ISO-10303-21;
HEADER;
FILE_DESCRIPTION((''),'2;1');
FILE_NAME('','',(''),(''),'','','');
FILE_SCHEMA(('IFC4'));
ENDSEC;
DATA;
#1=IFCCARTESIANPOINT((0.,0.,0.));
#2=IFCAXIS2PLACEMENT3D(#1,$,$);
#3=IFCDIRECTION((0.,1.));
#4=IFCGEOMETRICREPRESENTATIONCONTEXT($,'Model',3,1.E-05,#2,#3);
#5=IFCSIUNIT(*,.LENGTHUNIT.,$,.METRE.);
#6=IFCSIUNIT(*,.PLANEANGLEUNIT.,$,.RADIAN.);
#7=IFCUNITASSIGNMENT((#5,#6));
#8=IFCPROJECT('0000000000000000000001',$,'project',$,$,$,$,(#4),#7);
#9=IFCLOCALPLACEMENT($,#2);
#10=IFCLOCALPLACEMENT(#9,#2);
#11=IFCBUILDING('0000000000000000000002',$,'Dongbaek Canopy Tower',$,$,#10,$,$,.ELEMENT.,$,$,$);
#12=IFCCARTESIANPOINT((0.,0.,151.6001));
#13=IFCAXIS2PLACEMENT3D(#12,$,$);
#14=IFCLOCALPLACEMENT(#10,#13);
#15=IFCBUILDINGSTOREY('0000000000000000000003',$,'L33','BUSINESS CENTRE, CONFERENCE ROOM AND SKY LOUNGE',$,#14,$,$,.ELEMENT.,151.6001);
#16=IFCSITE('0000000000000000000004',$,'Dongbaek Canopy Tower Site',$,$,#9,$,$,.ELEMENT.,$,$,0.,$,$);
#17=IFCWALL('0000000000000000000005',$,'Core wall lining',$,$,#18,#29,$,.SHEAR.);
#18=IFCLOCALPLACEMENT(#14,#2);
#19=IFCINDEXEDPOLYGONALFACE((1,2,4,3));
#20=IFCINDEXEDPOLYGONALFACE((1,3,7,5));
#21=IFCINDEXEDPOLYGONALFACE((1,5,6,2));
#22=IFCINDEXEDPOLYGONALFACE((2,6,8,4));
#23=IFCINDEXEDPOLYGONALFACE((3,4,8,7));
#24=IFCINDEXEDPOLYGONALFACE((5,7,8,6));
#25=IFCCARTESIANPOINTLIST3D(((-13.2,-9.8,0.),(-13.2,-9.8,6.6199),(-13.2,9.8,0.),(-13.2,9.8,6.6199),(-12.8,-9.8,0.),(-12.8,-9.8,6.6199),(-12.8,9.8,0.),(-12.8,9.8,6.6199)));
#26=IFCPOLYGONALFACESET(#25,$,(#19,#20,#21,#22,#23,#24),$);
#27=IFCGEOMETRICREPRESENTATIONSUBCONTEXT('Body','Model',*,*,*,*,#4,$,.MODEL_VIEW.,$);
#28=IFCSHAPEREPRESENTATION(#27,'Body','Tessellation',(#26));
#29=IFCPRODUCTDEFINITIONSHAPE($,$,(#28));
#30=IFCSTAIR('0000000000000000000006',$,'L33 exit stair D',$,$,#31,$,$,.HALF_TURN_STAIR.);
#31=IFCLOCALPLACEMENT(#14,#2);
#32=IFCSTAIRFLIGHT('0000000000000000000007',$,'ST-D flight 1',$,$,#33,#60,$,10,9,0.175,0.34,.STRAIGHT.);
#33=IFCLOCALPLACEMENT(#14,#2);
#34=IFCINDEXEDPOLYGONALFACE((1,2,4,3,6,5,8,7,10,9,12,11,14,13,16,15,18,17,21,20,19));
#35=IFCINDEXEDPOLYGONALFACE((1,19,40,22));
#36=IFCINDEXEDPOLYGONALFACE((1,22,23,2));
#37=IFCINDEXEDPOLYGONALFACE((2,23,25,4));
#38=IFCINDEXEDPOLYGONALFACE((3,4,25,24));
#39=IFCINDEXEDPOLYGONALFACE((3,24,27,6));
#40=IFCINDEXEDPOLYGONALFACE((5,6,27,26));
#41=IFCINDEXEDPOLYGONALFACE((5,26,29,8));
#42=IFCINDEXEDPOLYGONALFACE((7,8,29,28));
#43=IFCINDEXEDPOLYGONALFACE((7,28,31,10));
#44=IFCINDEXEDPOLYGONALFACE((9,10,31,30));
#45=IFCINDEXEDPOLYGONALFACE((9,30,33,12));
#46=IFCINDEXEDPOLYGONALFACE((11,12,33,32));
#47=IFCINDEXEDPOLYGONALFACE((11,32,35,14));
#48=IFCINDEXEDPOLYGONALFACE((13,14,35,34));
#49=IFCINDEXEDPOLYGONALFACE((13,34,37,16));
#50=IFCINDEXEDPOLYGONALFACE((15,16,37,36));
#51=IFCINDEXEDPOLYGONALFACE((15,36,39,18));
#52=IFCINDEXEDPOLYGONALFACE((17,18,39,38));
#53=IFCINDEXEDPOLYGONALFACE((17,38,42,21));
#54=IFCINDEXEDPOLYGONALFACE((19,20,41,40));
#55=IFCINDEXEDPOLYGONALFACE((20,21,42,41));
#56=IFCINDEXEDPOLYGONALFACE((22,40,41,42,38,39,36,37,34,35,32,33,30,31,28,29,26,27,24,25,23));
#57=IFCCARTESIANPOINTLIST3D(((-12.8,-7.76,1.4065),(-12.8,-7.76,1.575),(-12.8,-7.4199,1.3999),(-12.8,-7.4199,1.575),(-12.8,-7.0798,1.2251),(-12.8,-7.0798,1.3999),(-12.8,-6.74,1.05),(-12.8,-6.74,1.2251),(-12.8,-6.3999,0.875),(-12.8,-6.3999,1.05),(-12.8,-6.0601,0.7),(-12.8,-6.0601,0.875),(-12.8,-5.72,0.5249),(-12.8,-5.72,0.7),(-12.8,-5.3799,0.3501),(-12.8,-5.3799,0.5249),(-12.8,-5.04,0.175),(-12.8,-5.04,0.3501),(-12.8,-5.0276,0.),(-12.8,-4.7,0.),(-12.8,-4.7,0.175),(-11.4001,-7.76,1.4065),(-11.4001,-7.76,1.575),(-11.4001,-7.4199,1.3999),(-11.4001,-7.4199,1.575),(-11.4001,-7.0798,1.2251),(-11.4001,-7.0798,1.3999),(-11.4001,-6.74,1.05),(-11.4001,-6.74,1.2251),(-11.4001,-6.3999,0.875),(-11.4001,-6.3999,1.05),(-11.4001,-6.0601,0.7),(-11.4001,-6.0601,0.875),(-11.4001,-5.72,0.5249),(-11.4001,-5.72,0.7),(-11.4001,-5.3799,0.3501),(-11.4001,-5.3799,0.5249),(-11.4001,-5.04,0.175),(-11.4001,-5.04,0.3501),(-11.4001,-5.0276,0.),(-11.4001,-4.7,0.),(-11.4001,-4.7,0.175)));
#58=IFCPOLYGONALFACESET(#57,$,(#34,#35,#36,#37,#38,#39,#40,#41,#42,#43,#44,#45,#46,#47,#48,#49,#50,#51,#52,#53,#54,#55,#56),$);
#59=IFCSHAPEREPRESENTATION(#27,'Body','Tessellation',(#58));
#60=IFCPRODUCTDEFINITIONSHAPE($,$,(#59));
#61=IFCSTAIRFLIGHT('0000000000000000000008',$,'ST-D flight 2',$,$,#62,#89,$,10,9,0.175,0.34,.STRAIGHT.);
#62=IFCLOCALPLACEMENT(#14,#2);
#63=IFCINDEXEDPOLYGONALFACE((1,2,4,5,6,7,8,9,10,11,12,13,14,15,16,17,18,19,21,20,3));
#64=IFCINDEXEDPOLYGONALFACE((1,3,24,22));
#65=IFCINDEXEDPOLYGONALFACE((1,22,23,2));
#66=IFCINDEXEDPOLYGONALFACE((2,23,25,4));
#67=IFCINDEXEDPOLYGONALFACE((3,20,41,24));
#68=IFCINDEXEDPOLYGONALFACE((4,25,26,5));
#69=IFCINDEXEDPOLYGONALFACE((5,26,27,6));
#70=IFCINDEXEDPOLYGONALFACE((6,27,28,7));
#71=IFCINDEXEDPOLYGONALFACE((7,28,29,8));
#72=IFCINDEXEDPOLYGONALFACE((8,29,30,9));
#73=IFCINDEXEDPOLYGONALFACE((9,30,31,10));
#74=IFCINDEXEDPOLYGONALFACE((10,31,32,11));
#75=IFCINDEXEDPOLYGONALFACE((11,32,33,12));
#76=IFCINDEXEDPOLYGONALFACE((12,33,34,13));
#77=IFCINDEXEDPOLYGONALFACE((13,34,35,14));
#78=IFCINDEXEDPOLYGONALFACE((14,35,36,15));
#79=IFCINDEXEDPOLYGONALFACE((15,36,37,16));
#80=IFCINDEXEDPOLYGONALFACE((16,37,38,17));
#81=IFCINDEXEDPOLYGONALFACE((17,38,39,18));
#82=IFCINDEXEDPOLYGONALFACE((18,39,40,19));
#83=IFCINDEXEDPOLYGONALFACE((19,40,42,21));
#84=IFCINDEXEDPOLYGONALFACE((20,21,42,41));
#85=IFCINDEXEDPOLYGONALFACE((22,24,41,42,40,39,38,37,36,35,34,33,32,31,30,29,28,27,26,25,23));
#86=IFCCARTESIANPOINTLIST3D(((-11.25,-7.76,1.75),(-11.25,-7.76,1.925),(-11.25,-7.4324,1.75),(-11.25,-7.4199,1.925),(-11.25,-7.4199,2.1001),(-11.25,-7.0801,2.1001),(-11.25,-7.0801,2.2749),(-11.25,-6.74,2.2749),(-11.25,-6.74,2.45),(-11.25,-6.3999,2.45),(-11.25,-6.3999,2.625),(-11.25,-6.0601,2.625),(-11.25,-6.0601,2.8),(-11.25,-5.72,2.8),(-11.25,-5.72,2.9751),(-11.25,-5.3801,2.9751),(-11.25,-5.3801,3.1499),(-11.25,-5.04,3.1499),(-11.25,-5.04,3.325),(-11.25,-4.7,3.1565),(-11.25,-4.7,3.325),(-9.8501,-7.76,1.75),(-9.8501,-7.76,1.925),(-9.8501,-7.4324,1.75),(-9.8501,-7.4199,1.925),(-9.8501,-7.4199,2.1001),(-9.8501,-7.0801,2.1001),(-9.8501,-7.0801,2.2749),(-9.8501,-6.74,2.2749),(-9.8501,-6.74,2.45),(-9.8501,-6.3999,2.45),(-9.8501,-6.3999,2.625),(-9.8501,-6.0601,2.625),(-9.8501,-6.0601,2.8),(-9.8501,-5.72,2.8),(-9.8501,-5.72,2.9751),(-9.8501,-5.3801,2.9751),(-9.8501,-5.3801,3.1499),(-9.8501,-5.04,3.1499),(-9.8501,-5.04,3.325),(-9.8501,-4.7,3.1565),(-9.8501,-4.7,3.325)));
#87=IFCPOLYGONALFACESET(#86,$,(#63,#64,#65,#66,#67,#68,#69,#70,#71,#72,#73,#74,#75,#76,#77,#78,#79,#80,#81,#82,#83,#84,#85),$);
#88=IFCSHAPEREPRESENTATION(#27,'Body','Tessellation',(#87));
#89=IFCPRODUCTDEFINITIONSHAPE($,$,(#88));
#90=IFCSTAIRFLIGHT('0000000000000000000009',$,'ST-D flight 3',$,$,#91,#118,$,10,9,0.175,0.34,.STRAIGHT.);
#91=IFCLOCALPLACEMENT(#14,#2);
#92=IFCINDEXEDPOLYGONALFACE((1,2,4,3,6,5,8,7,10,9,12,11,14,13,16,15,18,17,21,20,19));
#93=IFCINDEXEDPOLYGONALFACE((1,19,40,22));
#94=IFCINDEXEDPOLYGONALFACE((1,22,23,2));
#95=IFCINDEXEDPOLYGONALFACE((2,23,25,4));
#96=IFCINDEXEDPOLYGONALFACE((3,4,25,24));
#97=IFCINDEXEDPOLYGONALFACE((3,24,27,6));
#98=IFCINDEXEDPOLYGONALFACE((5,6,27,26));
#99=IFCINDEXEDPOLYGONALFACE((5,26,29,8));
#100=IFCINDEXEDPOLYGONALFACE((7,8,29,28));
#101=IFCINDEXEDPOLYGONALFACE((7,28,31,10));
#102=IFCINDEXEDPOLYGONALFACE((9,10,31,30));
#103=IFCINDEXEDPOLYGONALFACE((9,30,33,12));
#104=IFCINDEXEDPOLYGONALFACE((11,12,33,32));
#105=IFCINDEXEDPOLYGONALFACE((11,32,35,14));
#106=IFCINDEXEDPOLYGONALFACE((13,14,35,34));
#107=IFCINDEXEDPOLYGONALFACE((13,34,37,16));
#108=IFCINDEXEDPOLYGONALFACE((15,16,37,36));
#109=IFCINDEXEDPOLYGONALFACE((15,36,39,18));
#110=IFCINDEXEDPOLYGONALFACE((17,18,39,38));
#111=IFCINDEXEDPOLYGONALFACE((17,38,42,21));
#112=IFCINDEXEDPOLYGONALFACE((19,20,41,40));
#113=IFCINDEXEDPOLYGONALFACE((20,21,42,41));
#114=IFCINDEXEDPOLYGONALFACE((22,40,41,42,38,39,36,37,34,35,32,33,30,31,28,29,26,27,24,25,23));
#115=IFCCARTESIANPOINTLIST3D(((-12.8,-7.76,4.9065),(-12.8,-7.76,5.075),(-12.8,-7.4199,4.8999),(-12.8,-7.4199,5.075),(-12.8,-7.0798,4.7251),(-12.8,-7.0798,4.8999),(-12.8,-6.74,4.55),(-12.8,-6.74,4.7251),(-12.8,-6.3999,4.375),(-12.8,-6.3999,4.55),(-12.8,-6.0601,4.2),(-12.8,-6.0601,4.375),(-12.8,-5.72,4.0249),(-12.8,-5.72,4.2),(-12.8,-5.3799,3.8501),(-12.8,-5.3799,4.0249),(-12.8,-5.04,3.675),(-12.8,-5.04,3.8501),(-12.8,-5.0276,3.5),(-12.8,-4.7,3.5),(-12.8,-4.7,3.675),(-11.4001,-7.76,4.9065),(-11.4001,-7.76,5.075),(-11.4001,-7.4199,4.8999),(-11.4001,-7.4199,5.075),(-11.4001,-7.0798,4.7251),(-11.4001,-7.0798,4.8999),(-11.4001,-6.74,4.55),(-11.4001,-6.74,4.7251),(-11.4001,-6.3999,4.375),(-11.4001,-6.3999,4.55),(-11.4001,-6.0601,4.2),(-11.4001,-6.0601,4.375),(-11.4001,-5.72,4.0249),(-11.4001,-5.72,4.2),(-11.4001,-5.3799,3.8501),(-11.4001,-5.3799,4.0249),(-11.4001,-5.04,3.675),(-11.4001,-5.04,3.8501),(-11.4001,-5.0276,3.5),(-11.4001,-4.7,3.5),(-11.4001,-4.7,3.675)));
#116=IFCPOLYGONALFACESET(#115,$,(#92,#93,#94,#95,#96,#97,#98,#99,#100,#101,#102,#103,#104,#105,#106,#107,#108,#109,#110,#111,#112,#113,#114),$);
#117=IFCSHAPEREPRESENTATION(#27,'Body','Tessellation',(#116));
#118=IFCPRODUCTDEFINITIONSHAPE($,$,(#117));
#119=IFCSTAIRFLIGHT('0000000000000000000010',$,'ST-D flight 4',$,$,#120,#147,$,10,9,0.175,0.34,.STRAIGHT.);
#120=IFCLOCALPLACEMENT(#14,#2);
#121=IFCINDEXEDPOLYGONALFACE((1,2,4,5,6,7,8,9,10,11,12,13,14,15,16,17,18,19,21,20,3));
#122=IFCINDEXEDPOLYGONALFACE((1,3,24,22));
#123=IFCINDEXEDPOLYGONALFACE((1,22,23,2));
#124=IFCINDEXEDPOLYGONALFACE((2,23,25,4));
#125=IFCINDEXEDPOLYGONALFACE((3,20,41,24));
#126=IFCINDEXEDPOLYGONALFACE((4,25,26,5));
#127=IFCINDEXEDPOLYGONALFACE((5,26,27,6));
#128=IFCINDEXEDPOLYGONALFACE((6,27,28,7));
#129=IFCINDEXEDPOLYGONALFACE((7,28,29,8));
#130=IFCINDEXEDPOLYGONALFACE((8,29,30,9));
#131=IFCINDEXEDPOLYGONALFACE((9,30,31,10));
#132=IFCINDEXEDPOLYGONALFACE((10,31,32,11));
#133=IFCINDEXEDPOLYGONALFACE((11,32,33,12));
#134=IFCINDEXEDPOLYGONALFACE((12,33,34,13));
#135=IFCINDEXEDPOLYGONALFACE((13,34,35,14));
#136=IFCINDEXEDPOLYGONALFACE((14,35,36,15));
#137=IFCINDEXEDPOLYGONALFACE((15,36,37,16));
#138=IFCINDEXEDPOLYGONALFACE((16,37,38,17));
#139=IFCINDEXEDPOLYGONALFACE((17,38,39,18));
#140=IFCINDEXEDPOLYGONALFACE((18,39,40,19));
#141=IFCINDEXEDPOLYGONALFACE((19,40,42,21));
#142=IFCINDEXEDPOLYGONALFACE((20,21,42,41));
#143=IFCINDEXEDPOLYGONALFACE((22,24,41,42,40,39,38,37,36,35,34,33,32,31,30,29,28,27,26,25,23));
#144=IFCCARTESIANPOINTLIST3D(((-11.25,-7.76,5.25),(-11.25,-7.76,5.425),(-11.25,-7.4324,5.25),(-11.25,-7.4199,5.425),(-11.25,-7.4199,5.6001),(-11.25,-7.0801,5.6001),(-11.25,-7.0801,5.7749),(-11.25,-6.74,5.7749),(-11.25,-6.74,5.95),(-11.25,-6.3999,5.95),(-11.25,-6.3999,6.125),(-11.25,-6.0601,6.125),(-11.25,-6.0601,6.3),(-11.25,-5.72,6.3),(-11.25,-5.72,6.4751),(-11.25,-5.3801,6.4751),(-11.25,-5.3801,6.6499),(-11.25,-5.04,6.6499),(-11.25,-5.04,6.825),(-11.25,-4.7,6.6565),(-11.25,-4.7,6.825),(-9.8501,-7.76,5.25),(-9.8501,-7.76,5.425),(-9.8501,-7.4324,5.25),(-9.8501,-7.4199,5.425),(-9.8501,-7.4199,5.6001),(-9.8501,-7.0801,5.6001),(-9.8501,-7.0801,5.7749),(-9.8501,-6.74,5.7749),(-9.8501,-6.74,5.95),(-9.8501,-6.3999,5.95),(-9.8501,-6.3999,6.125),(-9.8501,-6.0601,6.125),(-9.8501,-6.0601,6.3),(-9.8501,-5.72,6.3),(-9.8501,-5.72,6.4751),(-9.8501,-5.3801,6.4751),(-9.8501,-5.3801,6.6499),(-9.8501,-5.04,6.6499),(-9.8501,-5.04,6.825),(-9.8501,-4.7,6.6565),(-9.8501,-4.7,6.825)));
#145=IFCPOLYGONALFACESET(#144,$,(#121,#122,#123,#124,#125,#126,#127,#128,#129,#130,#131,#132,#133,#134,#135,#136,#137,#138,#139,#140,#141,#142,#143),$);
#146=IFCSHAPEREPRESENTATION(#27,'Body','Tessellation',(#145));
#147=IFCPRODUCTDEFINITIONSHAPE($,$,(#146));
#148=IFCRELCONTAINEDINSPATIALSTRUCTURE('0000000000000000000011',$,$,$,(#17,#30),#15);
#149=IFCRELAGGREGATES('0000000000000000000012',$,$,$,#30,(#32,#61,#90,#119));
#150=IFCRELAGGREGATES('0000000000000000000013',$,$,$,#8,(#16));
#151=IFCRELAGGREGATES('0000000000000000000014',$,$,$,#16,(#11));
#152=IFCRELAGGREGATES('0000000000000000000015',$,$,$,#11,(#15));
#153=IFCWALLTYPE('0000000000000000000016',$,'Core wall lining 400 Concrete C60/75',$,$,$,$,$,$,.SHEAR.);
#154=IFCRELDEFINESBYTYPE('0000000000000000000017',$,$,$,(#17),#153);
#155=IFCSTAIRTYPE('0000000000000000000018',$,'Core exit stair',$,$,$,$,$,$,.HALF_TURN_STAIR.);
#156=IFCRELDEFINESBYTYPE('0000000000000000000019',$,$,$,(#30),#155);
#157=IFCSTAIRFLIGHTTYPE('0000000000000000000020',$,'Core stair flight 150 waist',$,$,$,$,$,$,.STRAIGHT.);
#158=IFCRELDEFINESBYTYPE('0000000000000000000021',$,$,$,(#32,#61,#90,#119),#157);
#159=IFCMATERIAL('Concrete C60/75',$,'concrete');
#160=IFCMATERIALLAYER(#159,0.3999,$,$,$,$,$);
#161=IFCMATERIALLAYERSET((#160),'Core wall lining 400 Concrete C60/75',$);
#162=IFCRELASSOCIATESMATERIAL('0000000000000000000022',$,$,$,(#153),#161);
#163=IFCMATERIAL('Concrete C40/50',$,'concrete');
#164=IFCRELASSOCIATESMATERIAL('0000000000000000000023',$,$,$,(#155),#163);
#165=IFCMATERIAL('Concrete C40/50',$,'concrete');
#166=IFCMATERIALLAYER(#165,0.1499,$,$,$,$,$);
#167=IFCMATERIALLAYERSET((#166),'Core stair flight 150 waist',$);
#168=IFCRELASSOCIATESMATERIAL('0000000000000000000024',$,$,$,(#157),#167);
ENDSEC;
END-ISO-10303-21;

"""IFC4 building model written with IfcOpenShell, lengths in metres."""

from ifc_helpers import new_model, si_unit, direction, frame, frame_2d, origin, place, context, subcontext, project, spatial, polyline, rectangle, outline, extrude, material, layer, layer_set, type_object, element, aggregate, save


model = new_model("IFC4")

# Units and contexts
model_context = context("Model", 3, precision=1e-05, world=origin(), true_north=direction((0.0, 1.0)))
body_context = subcontext(model_context, "Body", "Model", "MODEL_VIEW")
ifc_project = project(units=[si_unit("LENGTHUNIT", "METRE"), si_unit("PLANEANGLEUNIT", "RADIAN")], contexts=[model_context])

# Site, building, storey
site_placement = place(None, origin())
site = spatial("IfcSite", under=ifc_project, at=site_placement, Name="Dongbaek Canopy Tower Site", CompositionType="ELEMENT", RefElevation=0.0)
building_placement = place(site_placement, origin())
building = spatial("IfcBuilding", under=site, at=building_placement, Name="Dongbaek Canopy Tower", CompositionType="ELEMENT")
storey_placement = place(building_placement, frame((0.0, 0.0, 151.6001)))
storey = spatial("IfcBuildingStorey", under=building, at=storey_placement, Name="L33", Description="BUSINESS CENTRE, CONFERENCE ROOM AND SKY LOUNGE", CompositionType="ELEMENT", Elevation=151.6001)

# Wall
ifc_material_1 = material(Name="Concrete C60/75", Category="concrete")
ifc_layer_1 = layer(ifc_material_1, 0.3999)
ifc_layer_set_1 = layer_set([ifc_layer_1], Name="Core wall lining 400 Concrete C60/75")
wall_type = type_object("IfcWallType", Name="Core wall lining 400 Concrete C60/75", PredefinedType="SHEAR", material=ifc_layer_set_1)
wall_placement = place(storey_placement, frame((-13.0, -9.8, 0.0), z_axis=(0.0, 0.0, 1.0), x_axis=(0.0, 1.0, 0.0)))
element("IfcWall", 1, at=wall_placement, inside=storey, type_object=wall_type, Name="Core wall lining", PredefinedType="SHEAR", context=body_context, shape_type="SweptSolid", body=[
    extrude(rectangle(XDim=19.6001, YDim=0.3999, at=frame_2d((9.8, 0.0))), origin(), (0.0, 0.0, 1.0), 6.6199),
])

# Stair, stair flights
ifc_material_2 = material(Name="Concrete C40/50", Category="concrete")
stair_type = type_object("IfcStairType", Name="Core exit stair", PredefinedType="HALF_TURN_STAIR", material=ifc_material_2)
stair_placement = place(storey_placement, origin())
stair = element("IfcStair", 2, at=stair_placement, inside=storey, type_object=stair_type, Name="L33 exit stair D", PredefinedType="HALF_TURN_STAIR")
ifc_material_3 = material(Name="Concrete C40/50", Category="concrete")
ifc_layer_2 = layer(ifc_material_3, 0.1499)
ifc_layer_set_2 = layer_set([ifc_layer_2], Name="Core stair flight 150 waist")
stair_flight_type = type_object("IfcStairFlightType", Name="Core stair flight 150 waist", PredefinedType="STRAIGHT", material=ifc_layer_set_2)
stair_flight_1_placement = place(storey_placement, frame((-12.1001, -4.7, 0.0), z_axis=(0.0, 0.0, 1.0), x_axis=(0.0, -1.0, 0.0)))
stair_flight_1 = element("IfcStairFlight", 3, at=stair_flight_1_placement, type_object=stair_flight_type, Name="ST-D flight 1", NumberOfRisers=10, NumberOfTreads=9, PredefinedType="STRAIGHT", RiserHeight=0.175, TreadLength=0.34, context=body_context, shape_type="SweptSolid", body=[
    extrude(outline(polyline([(0.0, 0.0), (0.0, 0.175), (0.3401, 0.175), (0.3401, 0.3501), (0.6799, 0.3501), (0.6799, 0.5249), (1.02, 0.5249), (1.02, 0.7), (1.3601, 0.7), (1.3601, 0.875), (1.7, 0.875), (1.7, 1.05), (2.04, 1.05), (2.04, 1.2251), (2.3799, 1.2251), (2.3799, 1.3999), (2.72, 1.3999), (2.72, 1.575), (3.0601, 1.575), (3.0601, 1.75), (3.0601, 1.4065), (0.3276, 0.0), (0.0, 0.0)])), frame((0.0, 0.7, 0.0), z_axis=(0.0, -1.0, 0.0), x_axis=(1.0, 0.0, 0.0)), (0.0, 0.0, 1.0), 1.3999),
])
stair_flight_2_placement = place(storey_placement, frame((-10.55, -7.76, 1.75), z_axis=(0.0, 0.0, 1.0), x_axis=(0.0, 1.0, 0.0)))
stair_flight_2 = element("IfcStairFlight", 4, at=stair_flight_2_placement, type_object=stair_flight_type, Name="ST-D flight 2", NumberOfRisers=10, NumberOfTreads=9, PredefinedType="STRAIGHT", RiserHeight=0.175, TreadLength=0.34, context=body_context, shape_type="SweptSolid", body=[
    extrude(outline(polyline([(0.0, 0.0), (0.0, 0.175), (0.3401, 0.175), (0.3401, 0.3501), (0.6799, 0.3501), (0.6799, 0.5249), (1.02, 0.5249), (1.02, 0.7), (1.3601, 0.7), (1.3601, 0.875), (1.7, 0.875), (1.7, 1.05), (2.04, 1.05), (2.04, 1.2251), (2.3799, 1.2251), (2.3799, 1.3999), (2.72, 1.3999), (2.72, 1.575), (3.0601, 1.575), (3.0601, 1.75), (3.0601, 1.4065), (0.3276, 0.0), (0.0, 0.0)])), frame((0.0, 0.7, 0.0), z_axis=(0.0, -1.0, 0.0), x_axis=(1.0, 0.0, 0.0)), (0.0, 0.0, 1.0), 1.3999),
])
stair_flight_3_placement = place(storey_placement, frame((-12.1001, -4.7, 3.5), z_axis=(0.0, 0.0, 1.0), x_axis=(0.0, -1.0, 0.0)))
stair_flight_3 = element("IfcStairFlight", 5, at=stair_flight_3_placement, type_object=stair_flight_type, Name="ST-D flight 3", NumberOfRisers=10, NumberOfTreads=9, PredefinedType="STRAIGHT", RiserHeight=0.175, TreadLength=0.34, context=body_context, shape_type="SweptSolid", body=[
    extrude(outline(polyline([(0.0, 0.0), (0.0, 0.175), (0.3401, 0.175), (0.3401, 0.3501), (0.6799, 0.3501), (0.6799, 0.5249), (1.02, 0.5249), (1.02, 0.7), (1.3601, 0.7), (1.3601, 0.875), (1.7, 0.875), (1.7, 1.05), (2.04, 1.05), (2.04, 1.2251), (2.3799, 1.2251), (2.3799, 1.3999), (2.72, 1.3999), (2.72, 1.575), (3.0601, 1.575), (3.0601, 1.75), (3.0601, 1.4065), (0.3276, 0.0), (0.0, 0.0)])), frame((0.0, 0.7, 0.0), z_axis=(0.0, -1.0, 0.0), x_axis=(1.0, 0.0, 0.0)), (0.0, 0.0, 1.0), 1.3999),
])
stair_flight_4_placement = place(storey_placement, frame((-10.55, -7.76, 5.25), z_axis=(0.0, 0.0, 1.0), x_axis=(0.0, 1.0, 0.0)))
stair_flight_4 = element("IfcStairFlight", 6, at=stair_flight_4_placement, type_object=stair_flight_type, Name="ST-D flight 4", NumberOfRisers=10, NumberOfTreads=9, PredefinedType="STRAIGHT", RiserHeight=0.175, TreadLength=0.34, context=body_context, shape_type="SweptSolid", body=[
    extrude(outline(polyline([(0.0, 0.0), (0.0, 0.175), (0.3401, 0.175), (0.3401, 0.3501), (0.6799, 0.3501), (0.6799, 0.5249), (1.02, 0.5249), (1.02, 0.7), (1.3601, 0.7), (1.3601, 0.875), (1.7, 0.875), (1.7, 1.05), (2.04, 1.05), (2.04, 1.2251), (2.3799, 1.2251), (2.3799, 1.3999), (2.72, 1.3999), (2.72, 1.575), (3.0601, 1.575), (3.0601, 1.75), (3.0601, 1.4065), (0.3276, 0.0), (0.0, 0.0)])), frame((0.0, 0.7, 0.0), z_axis=(0.0, -1.0, 0.0), x_axis=(1.0, 0.0, 0.0)), (0.0, 0.0, 1.0), 1.3999),
])
aggregate(stair, [stair_flight_1, stair_flight_2, stair_flight_3, stair_flight_4])

save(model, "model.ifc")
